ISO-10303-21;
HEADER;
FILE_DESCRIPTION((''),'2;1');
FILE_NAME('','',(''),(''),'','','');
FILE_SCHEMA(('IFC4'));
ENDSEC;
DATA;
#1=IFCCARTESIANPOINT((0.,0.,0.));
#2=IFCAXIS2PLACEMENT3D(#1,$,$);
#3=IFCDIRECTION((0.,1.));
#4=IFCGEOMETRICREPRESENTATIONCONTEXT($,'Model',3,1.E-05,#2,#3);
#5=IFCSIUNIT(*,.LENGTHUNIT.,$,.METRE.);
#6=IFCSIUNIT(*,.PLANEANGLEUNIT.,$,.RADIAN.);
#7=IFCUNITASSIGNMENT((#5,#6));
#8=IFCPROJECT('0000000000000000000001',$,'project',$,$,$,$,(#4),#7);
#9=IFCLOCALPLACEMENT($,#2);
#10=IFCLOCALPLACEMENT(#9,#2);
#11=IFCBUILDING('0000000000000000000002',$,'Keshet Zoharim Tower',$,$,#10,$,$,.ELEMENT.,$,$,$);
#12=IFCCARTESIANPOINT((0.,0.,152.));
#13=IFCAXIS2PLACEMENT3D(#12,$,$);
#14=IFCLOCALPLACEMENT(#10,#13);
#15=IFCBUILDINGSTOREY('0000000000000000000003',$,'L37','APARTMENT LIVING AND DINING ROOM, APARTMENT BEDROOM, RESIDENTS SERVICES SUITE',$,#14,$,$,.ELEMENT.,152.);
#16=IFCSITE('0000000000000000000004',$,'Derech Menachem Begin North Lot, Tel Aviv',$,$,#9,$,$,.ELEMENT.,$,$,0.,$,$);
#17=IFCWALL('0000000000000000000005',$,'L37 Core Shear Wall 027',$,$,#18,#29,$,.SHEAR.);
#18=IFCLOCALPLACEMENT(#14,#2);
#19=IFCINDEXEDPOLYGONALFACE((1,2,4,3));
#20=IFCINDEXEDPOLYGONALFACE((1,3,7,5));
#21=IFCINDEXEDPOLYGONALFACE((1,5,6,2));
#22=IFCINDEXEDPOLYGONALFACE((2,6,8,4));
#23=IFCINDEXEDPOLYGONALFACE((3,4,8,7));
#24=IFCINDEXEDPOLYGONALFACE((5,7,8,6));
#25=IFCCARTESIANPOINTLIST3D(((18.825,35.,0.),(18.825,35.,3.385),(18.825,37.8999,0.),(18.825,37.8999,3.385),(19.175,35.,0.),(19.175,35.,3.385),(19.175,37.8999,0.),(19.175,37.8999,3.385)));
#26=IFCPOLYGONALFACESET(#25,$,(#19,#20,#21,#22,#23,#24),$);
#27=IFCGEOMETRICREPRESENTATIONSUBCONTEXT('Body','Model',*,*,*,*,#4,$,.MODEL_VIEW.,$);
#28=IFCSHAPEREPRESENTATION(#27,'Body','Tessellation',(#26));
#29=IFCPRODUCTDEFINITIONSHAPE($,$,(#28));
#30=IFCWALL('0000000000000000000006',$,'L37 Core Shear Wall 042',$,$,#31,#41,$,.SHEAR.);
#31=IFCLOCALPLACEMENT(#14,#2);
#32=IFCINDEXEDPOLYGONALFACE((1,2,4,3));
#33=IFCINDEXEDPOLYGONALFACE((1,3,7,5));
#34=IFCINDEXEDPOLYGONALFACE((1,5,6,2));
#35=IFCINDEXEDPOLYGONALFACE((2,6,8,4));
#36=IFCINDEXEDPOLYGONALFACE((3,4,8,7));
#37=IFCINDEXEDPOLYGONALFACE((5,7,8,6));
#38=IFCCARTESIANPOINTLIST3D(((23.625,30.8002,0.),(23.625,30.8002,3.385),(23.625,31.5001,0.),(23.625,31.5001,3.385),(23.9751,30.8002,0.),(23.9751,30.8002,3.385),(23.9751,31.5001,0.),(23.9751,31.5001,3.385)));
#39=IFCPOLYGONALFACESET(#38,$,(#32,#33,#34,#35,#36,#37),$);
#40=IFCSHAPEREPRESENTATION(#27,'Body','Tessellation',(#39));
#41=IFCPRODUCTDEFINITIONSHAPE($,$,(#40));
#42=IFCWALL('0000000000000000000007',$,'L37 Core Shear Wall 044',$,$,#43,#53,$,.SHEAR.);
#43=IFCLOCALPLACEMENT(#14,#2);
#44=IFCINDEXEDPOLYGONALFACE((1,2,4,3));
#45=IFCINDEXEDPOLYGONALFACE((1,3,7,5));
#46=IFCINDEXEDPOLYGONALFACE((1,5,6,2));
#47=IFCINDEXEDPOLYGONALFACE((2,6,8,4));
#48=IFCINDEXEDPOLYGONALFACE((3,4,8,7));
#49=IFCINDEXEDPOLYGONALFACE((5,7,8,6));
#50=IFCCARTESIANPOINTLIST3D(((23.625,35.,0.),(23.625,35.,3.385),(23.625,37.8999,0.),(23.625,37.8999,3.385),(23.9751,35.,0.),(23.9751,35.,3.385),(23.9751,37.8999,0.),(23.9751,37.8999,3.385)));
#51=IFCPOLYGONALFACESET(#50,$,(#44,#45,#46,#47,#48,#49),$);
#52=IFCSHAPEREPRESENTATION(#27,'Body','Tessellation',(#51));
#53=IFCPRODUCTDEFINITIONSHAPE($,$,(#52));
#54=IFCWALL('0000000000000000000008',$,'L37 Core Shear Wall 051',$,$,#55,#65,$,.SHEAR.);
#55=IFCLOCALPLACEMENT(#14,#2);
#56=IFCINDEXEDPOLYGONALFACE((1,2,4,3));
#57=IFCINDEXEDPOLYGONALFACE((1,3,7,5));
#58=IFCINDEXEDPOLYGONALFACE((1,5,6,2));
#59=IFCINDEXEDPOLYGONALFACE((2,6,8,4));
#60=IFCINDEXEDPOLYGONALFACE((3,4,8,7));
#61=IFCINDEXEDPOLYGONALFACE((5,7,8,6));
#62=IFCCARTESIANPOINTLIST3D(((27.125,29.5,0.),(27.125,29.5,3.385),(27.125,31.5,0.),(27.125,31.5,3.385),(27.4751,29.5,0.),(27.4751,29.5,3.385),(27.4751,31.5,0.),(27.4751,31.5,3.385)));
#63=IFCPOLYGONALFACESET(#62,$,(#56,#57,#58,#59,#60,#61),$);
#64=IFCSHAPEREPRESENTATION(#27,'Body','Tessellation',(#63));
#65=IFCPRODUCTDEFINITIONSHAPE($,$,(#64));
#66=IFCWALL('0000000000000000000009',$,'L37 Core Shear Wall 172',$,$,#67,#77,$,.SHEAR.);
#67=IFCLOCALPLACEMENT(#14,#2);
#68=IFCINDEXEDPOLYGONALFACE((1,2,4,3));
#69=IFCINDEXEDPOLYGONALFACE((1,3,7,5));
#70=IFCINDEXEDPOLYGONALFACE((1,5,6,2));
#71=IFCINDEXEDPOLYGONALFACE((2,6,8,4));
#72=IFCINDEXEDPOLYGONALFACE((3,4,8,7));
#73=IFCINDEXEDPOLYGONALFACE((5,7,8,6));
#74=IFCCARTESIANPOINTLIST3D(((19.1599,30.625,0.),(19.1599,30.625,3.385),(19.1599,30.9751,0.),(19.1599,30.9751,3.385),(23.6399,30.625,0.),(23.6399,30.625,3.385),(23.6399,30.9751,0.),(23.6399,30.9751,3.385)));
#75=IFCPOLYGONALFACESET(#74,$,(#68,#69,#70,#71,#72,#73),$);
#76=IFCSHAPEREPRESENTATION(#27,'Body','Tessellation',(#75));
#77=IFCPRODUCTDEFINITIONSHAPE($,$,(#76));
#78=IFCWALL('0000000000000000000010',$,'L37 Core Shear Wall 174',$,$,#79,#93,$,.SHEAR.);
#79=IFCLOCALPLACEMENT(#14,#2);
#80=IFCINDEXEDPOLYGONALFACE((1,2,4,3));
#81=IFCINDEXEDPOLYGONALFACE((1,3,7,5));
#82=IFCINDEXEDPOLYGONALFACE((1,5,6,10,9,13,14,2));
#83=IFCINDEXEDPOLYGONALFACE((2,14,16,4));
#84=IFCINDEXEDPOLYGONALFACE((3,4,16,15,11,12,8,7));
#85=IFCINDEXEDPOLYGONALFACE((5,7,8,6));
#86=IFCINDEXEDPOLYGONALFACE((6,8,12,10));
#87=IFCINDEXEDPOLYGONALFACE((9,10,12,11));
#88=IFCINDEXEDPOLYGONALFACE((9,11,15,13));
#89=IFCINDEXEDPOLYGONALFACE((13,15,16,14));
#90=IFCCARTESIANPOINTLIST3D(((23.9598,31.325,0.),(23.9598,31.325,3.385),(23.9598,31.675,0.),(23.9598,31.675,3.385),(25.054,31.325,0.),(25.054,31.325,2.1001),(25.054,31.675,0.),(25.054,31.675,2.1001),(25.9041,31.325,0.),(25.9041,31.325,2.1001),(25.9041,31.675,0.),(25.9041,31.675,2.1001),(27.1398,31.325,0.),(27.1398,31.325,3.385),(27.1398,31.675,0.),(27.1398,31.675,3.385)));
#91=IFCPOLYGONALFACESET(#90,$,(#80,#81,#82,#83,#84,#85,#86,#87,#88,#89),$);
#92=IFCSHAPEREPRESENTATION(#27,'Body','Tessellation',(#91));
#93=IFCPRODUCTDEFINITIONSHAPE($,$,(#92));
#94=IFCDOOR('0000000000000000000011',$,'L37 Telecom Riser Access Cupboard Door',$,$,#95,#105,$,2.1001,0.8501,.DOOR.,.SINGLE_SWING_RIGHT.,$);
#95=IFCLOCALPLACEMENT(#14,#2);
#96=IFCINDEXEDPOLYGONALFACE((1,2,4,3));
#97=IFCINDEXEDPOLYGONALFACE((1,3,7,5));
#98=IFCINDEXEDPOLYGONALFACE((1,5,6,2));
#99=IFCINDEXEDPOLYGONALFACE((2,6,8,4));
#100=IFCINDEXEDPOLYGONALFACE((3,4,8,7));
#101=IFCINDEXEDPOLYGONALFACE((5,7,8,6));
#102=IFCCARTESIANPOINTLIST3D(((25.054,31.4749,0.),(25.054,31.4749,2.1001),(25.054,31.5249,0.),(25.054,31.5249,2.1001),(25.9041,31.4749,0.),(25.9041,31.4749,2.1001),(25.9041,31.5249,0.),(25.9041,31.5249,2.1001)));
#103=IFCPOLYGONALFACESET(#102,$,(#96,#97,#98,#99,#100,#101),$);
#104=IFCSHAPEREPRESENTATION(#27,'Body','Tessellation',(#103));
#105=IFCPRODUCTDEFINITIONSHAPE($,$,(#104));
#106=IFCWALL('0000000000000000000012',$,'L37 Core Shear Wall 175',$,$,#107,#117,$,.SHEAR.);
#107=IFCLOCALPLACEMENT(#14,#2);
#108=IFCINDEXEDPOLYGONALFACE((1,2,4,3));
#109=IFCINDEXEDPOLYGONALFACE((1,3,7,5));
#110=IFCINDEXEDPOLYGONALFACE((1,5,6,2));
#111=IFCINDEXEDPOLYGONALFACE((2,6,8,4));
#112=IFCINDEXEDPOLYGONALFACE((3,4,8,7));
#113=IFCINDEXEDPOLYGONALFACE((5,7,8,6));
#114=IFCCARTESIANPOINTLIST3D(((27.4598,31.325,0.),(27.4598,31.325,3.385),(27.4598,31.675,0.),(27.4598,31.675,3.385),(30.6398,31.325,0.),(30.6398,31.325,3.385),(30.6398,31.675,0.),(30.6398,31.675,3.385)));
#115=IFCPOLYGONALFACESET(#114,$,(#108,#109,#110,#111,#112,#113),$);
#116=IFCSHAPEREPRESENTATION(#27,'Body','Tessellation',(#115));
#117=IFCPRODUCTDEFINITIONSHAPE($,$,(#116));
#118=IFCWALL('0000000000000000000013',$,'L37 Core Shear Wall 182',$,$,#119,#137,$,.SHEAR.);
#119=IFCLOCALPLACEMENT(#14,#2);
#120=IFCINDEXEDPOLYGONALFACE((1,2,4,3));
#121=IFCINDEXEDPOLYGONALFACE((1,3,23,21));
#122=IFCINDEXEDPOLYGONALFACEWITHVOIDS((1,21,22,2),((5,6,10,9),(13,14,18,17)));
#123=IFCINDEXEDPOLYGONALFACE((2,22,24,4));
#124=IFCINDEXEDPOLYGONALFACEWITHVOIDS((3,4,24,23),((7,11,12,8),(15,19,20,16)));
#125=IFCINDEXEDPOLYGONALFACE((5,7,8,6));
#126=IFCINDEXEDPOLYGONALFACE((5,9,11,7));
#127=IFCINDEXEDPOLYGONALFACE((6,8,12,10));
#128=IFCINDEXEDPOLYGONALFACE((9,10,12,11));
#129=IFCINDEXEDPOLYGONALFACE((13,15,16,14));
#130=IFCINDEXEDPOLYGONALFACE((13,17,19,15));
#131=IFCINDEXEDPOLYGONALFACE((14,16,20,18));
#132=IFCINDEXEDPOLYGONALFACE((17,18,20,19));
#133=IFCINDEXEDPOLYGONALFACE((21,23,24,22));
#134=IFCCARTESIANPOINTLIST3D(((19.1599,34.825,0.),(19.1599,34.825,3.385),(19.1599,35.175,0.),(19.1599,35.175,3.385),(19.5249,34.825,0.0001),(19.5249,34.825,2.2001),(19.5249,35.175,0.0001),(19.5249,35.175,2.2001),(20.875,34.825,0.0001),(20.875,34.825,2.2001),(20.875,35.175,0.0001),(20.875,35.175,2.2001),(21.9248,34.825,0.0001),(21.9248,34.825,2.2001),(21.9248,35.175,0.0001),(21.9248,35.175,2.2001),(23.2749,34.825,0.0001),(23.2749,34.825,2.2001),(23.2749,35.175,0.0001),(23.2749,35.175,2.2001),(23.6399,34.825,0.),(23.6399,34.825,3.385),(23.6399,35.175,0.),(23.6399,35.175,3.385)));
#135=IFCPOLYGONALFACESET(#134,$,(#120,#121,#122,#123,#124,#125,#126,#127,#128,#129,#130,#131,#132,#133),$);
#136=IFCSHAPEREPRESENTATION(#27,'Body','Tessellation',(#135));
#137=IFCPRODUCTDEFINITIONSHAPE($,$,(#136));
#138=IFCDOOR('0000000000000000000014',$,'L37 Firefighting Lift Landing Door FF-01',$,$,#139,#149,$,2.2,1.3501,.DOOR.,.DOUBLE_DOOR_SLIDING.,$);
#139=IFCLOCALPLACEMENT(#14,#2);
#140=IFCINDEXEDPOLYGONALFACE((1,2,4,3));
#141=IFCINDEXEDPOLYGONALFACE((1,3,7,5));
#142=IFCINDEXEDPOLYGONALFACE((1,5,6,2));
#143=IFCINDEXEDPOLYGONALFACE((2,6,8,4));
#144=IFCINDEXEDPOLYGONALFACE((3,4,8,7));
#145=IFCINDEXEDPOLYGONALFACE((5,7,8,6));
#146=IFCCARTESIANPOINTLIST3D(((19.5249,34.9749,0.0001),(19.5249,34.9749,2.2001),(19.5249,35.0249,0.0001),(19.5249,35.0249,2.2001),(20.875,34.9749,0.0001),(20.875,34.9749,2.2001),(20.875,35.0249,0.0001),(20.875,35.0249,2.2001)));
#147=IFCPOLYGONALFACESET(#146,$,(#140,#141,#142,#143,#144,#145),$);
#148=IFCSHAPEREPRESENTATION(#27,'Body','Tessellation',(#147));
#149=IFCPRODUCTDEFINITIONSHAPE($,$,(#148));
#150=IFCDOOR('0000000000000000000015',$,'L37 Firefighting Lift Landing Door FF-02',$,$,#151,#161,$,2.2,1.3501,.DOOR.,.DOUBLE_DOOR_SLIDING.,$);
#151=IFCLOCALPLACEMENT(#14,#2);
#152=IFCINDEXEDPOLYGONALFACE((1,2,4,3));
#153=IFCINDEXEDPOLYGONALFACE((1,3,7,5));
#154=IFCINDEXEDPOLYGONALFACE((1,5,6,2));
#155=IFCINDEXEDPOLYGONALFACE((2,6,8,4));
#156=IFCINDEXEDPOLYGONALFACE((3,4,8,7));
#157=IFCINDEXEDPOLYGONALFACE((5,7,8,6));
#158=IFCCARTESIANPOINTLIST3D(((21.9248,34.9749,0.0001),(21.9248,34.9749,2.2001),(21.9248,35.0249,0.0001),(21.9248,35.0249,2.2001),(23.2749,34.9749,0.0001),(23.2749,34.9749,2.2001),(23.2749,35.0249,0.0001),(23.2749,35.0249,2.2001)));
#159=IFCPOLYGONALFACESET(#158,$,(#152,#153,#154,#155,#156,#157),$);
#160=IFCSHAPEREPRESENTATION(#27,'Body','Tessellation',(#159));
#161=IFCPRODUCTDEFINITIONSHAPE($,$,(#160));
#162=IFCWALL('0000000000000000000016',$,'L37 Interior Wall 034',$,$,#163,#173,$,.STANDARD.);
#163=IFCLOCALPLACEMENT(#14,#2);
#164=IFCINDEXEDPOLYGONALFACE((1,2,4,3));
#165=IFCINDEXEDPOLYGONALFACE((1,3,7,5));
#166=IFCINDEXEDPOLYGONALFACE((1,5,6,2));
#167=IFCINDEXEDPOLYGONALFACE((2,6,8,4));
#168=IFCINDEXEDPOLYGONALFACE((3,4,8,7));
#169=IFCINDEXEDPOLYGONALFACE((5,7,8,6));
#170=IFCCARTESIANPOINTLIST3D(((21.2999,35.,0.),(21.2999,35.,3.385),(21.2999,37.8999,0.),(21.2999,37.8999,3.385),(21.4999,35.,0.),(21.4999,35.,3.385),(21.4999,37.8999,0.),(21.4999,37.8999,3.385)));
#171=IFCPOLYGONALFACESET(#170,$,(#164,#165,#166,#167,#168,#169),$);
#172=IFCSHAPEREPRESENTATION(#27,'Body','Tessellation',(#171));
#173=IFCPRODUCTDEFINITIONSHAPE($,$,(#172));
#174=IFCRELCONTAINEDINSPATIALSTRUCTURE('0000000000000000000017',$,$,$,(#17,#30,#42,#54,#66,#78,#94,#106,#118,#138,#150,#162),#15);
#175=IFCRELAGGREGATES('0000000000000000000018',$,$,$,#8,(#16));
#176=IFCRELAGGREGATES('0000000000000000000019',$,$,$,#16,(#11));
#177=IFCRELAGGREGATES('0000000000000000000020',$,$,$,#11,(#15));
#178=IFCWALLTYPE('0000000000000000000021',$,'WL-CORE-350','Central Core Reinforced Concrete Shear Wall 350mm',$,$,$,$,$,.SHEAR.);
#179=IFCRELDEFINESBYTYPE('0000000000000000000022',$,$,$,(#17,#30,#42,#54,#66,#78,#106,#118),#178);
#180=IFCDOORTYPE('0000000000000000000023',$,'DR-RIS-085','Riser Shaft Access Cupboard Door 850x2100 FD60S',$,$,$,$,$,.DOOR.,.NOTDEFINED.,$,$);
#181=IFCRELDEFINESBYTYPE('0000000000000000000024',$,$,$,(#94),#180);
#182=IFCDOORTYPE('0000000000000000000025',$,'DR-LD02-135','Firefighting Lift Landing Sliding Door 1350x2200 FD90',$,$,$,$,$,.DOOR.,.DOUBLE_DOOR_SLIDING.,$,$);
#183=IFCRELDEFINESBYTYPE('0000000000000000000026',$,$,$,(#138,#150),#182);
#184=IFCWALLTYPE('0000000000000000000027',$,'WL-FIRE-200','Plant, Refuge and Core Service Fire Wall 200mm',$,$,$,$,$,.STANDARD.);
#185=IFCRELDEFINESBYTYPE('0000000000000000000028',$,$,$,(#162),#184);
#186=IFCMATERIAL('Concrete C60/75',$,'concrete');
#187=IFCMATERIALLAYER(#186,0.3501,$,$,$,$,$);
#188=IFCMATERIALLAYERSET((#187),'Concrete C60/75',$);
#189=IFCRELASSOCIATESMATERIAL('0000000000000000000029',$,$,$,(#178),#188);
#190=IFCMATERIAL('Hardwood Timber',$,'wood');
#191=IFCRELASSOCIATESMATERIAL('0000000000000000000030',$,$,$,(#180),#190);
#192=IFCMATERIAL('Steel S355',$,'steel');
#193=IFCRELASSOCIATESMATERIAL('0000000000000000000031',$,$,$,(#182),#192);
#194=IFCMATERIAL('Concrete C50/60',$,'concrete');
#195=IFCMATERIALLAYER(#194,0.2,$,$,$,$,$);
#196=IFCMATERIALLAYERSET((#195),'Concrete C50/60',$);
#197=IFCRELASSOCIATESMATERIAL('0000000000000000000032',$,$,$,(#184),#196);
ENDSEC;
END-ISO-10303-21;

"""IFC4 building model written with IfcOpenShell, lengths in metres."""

from ifc_helpers import new_model, si_unit, direction, frame, frame_2d, origin, place, context, subcontext, project, spatial, rectangle, extrude, material, layer, layer_set, type_object, element, fill, save


model = new_model("IFC4")

# Units and contexts
model_context = context("Model", 3, precision=1e-05, world=origin(), true_north=direction((0.0, 1.0)))
body_context = subcontext(model_context, "Body", "Model", "MODEL_VIEW")
ifc_project = project(units=[si_unit("LENGTHUNIT", "METRE"), si_unit("PLANEANGLEUNIT", "RADIAN")], contexts=[model_context])

# Site, building, storey
site_placement = place(None, origin())
site = spatial("IfcSite", under=ifc_project, at=site_placement, Name="Derech Menachem Begin North Lot, Tel Aviv", CompositionType="ELEMENT", RefElevation=0.0)
building_placement = place(site_placement, origin())
building = spatial("IfcBuilding", under=site, at=building_placement, Name="Keshet Zoharim Tower", CompositionType="ELEMENT")
storey_placement = place(building_placement, frame((0.0, 0.0, 152.0)))
storey = spatial("IfcBuildingStorey", under=building, at=storey_placement, Name="L37", Description="APARTMENT LIVING AND DINING ROOM, APARTMENT BEDROOM, RESIDENTS SERVICES SUITE", CompositionType="ELEMENT", Elevation=152.0)

# Walls
ifc_material_1 = material(Name="Concrete C60/75", Category="concrete")
ifc_layer_1 = layer(ifc_material_1, 0.3501)
ifc_layer_set_1 = layer_set([ifc_layer_1], Name="Concrete C60/75")
wall_type_1 = type_object("IfcWallType", Name="WL-CORE-350", Description="Central Core Reinforced Concrete Shear Wall 350mm", PredefinedType="SHEAR", material=ifc_layer_set_1)
wall_1_placement = place(storey_placement, frame((19.0, 35.0, 0.0), z_axis=(0.0, 0.0, 1.0), x_axis=(0.0, 1.0, 0.0)))
element("IfcWall", 1, at=wall_1_placement, inside=storey, type_object=wall_type_1, Name="L37 Core Shear Wall 027", PredefinedType="SHEAR", context=body_context, shape_type="SweptSolid", body=[
    extrude(rectangle(XDim=2.8999, YDim=0.3501, at=frame_2d((1.45, 0.0))), origin(), (0.0, 0.0, 1.0), 3.385),
])
wall_2_placement = place(storey_placement, frame((23.8, 30.8, 0.0), z_axis=(0.0, 0.0, 1.0), x_axis=(0.0, 1.0, 0.0)))
element("IfcWall", 2, at=wall_2_placement, inside=storey, type_object=wall_type_1, Name="L37 Core Shear Wall 042", PredefinedType="SHEAR", context=body_context, shape_type="SweptSolid", body=[
    extrude(rectangle(XDim=0.7, YDim=0.3501, at=frame_2d((0.3501, 0.0))), origin(), (0.0, 0.0, 1.0), 3.385),
])

# Shared definitions
ifc_material_2 = material(Name="Hardwood Timber", Category="wood")

# Walls
wall_3_placement = place(storey_placement, frame((23.8, 35.0, 0.0), z_axis=(0.0, 0.0, 1.0), x_axis=(0.0, 1.0, 0.0)))
element("IfcWall", 3, at=wall_3_placement, inside=storey, type_object=wall_type_1, Name="L37 Core Shear Wall 044", PredefinedType="SHEAR", context=body_context, shape_type="SweptSolid", body=[
    extrude(rectangle(XDim=2.8999, YDim=0.3501, at=frame_2d((1.45, 0.0))), origin(), (0.0, 0.0, 1.0), 3.385),
])
wall_4_placement = place(storey_placement, frame((27.3, 29.5, 0.0), z_axis=(0.0, 0.0, 1.0), x_axis=(0.0, 1.0, 0.0)))
element("IfcWall", 4, at=wall_4_placement, inside=storey, type_object=wall_type_1, Name="L37 Core Shear Wall 051", PredefinedType="SHEAR", context=body_context, shape_type="SweptSolid", body=[
    extrude(rectangle(XDim=2.0, YDim=0.3501, at=frame_2d((1.0, 0.0))), origin(), (0.0, 0.0, 1.0), 3.385),
])
wall_5_placement = place(storey_placement, frame((19.1599, 30.8, 0.0), z_axis=(0.0, 0.0, 1.0), x_axis=(1.0, 0.0, 0.0)))
element("IfcWall", 5, at=wall_5_placement, inside=storey, type_object=wall_type_1, Name="L37 Core Shear Wall 172", PredefinedType="SHEAR", context=body_context, shape_type="SweptSolid", body=[
    extrude(rectangle(XDim=4.48, YDim=0.3501, at=frame_2d((2.24, 0.0))), origin(), (0.0, 0.0, 1.0), 3.385),
])

# Wall, opening, door
wall_6_placement = place(storey_placement, frame((23.96, 31.5, 0.0), z_axis=(0.0, 0.0, 1.0), x_axis=(1.0, 0.0, 0.0)))
wall_6 = element("IfcWall", 6, at=wall_6_placement, inside=storey, type_object=wall_type_1, Name="L37 Core Shear Wall 174", PredefinedType="SHEAR", context=body_context, shape_type="SweptSolid", body=[
    extrude(rectangle(XDim=3.1799, YDim=0.3501, at=frame_2d((1.5898, 0.0))), origin(), (0.0, 0.0, 1.0), 3.385),
])
opening_1_placement = place(wall_6_placement, frame((1.094, 0.0, 0.0)))
opening_1 = element("IfcOpeningElement", 7, at=opening_1_placement, cuts=wall_6, PredefinedType="OPENING", context=body_context, shape_type="SweptSolid", body=[
    extrude(rectangle(XDim=0.8501, YDim=2.1001, at=frame_2d((0.425, 1.05))), frame((0.0, 0.1851, 0.0), z_axis=(0.0, -1.0, 0.0), x_axis=(1.0, 0.0, 0.0)), (0.0, 0.0, 1.0), 0.3701),
])
door_type_1 = type_object("IfcDoorType", Name="DR-RIS-085", Description="Riser Shaft Access Cupboard Door 850x2100 FD60S", OperationType="NOTDEFINED", PredefinedType="DOOR", material=ifc_material_2)
door_1_placement = place(opening_1_placement, origin())
door_1 = element("IfcDoor", 8, at=door_1_placement, inside=storey, type_object=door_type_1, Name="L37 Telecom Riser Access Cupboard Door", OperationType="SINGLE_SWING_RIGHT", OverallHeight=2.1001, OverallWidth=0.8501, PredefinedType="DOOR", context=body_context, shape_type="SweptSolid", body=[
    extrude(rectangle(XDim=0.8501, YDim=2.1001, at=frame_2d((0.425, 1.05))), frame((0.0, 0.0249, 0.0), z_axis=(0.0, -1.0, 0.0), x_axis=(1.0, 0.0, 0.0)), (0.0, 0.0, 1.0), 0.05),
])
fill(opening_1, door_1)

# Wall
wall_7_placement = place(storey_placement, frame((27.46, 31.5, 0.0), z_axis=(0.0, 0.0, 1.0), x_axis=(1.0, 0.0, 0.0)))
element("IfcWall", 9, at=wall_7_placement, inside=storey, type_object=wall_type_1, Name="L37 Core Shear Wall 175", PredefinedType="SHEAR", context=body_context, shape_type="SweptSolid", body=[
    extrude(rectangle(XDim=3.1799, YDim=0.3501, at=frame_2d((1.5898, 0.0))), origin(), (0.0, 0.0, 1.0), 3.385),
])

# Wall, openings, doors
wall_8_placement = place(storey_placement, frame((19.1599, 35.0, 0.0), z_axis=(0.0, 0.0, 1.0), x_axis=(1.0, 0.0, 0.0)))
wall_8 = element("IfcWall", 10, at=wall_8_placement, inside=storey, type_object=wall_type_1, Name="L37 Core Shear Wall 182", PredefinedType="SHEAR", context=body_context, shape_type="SweptSolid", body=[
    extrude(rectangle(XDim=4.48, YDim=0.3501, at=frame_2d((2.24, 0.0))), origin(), (0.0, 0.0, 1.0), 3.385),
])
opening_2_placement = place(wall_8_placement, frame((0.365, 0.0, 0.0)))
opening_2 = element("IfcOpeningElement", 11, at=opening_2_placement, cuts=wall_8, PredefinedType="OPENING", context=body_context, shape_type="SweptSolid", body=[
    extrude(rectangle(XDim=1.3501, YDim=2.2, at=frame_2d((0.675, 1.1001))), frame((0.0, 0.1851, 0.0), z_axis=(0.0, -1.0, 0.0), x_axis=(1.0, 0.0, 0.0)), (0.0, 0.0, 1.0), 0.3701),
])
opening_3_placement = place(wall_8_placement, frame((2.7649, 0.0, 0.0)))
opening_3 = element("IfcOpeningElement", 12, at=opening_3_placement, cuts=wall_8, PredefinedType="OPENING", context=body_context, shape_type="SweptSolid", body=[
    extrude(rectangle(XDim=1.3501, YDim=2.2, at=frame_2d((0.675, 1.1001))), frame((0.0, 0.1851, 0.0), z_axis=(0.0, -1.0, 0.0), x_axis=(1.0, 0.0, 0.0)), (0.0, 0.0, 1.0), 0.3701),
])
ifc_material_3 = material(Name="Steel S355", Category="steel")
door_type_2 = type_object("IfcDoorType", Name="DR-LD02-135", Description="Firefighting Lift Landing Sliding Door 1350x2200 FD90", OperationType="DOUBLE_DOOR_SLIDING", PredefinedType="DOOR", material=ifc_material_3)
door_2_placement = place(opening_2_placement, origin())
door_2 = element("IfcDoor", 13, at=door_2_placement, inside=storey, type_object=door_type_2, Name="L37 Firefighting Lift Landing Door FF-01", OperationType="DOUBLE_DOOR_SLIDING", OverallHeight=2.2, OverallWidth=1.3501, PredefinedType="DOOR", context=body_context, shape_type="SweptSolid", body=[
    extrude(rectangle(XDim=1.3501, YDim=2.2, at=frame_2d((0.675, 1.1001))), frame((0.0, 0.0249, 0.0), z_axis=(0.0, -1.0, 0.0), x_axis=(1.0, 0.0, 0.0)), (0.0, 0.0, 1.0), 0.05),
])
fill(opening_2, door_2)
door_3_placement = place(opening_3_placement, origin())
door_3 = element("IfcDoor", 14, at=door_3_placement, inside=storey, type_object=door_type_2, Name="L37 Firefighting Lift Landing Door FF-02", OperationType="DOUBLE_DOOR_SLIDING", OverallHeight=2.2, OverallWidth=1.3501, PredefinedType="DOOR", context=body_context, shape_type="SweptSolid", body=[
    extrude(rectangle(XDim=1.3501, YDim=2.2, at=frame_2d((0.675, 1.1001))), frame((0.0, 0.0249, 0.0), z_axis=(0.0, -1.0, 0.0), x_axis=(1.0, 0.0, 0.0)), (0.0, 0.0, 1.0), 0.05),
])
fill(opening_3, door_3)

# Wall
ifc_material_4 = material(Name="Concrete C50/60", Category="concrete")
ifc_layer_2 = layer(ifc_material_4, 0.2)
ifc_layer_set_2 = layer_set([ifc_layer_2], Name="Concrete C50/60")
wall_type_2 = type_object("IfcWallType", Name="WL-FIRE-200", Description="Plant, Refuge and Core Service Fire Wall 200mm", PredefinedType="STANDARD", material=ifc_layer_set_2)
wall_9_placement = place(storey_placement, frame((21.3999, 35.0, 0.0), z_axis=(0.0, 0.0, 1.0), x_axis=(0.0, 1.0, 0.0)))
element("IfcWall", 15, at=wall_9_placement, inside=storey, type_object=wall_type_2, Name="L37 Interior Wall 034", PredefinedType="STANDARD", context=body_context, shape_type="SweptSolid", body=[
    extrude(rectangle(XDim=2.8999, YDim=0.2, at=frame_2d((1.45, 0.0))), origin(), (0.0, 0.0, 1.0), 3.385),
])

save(model, "model.ifc")
